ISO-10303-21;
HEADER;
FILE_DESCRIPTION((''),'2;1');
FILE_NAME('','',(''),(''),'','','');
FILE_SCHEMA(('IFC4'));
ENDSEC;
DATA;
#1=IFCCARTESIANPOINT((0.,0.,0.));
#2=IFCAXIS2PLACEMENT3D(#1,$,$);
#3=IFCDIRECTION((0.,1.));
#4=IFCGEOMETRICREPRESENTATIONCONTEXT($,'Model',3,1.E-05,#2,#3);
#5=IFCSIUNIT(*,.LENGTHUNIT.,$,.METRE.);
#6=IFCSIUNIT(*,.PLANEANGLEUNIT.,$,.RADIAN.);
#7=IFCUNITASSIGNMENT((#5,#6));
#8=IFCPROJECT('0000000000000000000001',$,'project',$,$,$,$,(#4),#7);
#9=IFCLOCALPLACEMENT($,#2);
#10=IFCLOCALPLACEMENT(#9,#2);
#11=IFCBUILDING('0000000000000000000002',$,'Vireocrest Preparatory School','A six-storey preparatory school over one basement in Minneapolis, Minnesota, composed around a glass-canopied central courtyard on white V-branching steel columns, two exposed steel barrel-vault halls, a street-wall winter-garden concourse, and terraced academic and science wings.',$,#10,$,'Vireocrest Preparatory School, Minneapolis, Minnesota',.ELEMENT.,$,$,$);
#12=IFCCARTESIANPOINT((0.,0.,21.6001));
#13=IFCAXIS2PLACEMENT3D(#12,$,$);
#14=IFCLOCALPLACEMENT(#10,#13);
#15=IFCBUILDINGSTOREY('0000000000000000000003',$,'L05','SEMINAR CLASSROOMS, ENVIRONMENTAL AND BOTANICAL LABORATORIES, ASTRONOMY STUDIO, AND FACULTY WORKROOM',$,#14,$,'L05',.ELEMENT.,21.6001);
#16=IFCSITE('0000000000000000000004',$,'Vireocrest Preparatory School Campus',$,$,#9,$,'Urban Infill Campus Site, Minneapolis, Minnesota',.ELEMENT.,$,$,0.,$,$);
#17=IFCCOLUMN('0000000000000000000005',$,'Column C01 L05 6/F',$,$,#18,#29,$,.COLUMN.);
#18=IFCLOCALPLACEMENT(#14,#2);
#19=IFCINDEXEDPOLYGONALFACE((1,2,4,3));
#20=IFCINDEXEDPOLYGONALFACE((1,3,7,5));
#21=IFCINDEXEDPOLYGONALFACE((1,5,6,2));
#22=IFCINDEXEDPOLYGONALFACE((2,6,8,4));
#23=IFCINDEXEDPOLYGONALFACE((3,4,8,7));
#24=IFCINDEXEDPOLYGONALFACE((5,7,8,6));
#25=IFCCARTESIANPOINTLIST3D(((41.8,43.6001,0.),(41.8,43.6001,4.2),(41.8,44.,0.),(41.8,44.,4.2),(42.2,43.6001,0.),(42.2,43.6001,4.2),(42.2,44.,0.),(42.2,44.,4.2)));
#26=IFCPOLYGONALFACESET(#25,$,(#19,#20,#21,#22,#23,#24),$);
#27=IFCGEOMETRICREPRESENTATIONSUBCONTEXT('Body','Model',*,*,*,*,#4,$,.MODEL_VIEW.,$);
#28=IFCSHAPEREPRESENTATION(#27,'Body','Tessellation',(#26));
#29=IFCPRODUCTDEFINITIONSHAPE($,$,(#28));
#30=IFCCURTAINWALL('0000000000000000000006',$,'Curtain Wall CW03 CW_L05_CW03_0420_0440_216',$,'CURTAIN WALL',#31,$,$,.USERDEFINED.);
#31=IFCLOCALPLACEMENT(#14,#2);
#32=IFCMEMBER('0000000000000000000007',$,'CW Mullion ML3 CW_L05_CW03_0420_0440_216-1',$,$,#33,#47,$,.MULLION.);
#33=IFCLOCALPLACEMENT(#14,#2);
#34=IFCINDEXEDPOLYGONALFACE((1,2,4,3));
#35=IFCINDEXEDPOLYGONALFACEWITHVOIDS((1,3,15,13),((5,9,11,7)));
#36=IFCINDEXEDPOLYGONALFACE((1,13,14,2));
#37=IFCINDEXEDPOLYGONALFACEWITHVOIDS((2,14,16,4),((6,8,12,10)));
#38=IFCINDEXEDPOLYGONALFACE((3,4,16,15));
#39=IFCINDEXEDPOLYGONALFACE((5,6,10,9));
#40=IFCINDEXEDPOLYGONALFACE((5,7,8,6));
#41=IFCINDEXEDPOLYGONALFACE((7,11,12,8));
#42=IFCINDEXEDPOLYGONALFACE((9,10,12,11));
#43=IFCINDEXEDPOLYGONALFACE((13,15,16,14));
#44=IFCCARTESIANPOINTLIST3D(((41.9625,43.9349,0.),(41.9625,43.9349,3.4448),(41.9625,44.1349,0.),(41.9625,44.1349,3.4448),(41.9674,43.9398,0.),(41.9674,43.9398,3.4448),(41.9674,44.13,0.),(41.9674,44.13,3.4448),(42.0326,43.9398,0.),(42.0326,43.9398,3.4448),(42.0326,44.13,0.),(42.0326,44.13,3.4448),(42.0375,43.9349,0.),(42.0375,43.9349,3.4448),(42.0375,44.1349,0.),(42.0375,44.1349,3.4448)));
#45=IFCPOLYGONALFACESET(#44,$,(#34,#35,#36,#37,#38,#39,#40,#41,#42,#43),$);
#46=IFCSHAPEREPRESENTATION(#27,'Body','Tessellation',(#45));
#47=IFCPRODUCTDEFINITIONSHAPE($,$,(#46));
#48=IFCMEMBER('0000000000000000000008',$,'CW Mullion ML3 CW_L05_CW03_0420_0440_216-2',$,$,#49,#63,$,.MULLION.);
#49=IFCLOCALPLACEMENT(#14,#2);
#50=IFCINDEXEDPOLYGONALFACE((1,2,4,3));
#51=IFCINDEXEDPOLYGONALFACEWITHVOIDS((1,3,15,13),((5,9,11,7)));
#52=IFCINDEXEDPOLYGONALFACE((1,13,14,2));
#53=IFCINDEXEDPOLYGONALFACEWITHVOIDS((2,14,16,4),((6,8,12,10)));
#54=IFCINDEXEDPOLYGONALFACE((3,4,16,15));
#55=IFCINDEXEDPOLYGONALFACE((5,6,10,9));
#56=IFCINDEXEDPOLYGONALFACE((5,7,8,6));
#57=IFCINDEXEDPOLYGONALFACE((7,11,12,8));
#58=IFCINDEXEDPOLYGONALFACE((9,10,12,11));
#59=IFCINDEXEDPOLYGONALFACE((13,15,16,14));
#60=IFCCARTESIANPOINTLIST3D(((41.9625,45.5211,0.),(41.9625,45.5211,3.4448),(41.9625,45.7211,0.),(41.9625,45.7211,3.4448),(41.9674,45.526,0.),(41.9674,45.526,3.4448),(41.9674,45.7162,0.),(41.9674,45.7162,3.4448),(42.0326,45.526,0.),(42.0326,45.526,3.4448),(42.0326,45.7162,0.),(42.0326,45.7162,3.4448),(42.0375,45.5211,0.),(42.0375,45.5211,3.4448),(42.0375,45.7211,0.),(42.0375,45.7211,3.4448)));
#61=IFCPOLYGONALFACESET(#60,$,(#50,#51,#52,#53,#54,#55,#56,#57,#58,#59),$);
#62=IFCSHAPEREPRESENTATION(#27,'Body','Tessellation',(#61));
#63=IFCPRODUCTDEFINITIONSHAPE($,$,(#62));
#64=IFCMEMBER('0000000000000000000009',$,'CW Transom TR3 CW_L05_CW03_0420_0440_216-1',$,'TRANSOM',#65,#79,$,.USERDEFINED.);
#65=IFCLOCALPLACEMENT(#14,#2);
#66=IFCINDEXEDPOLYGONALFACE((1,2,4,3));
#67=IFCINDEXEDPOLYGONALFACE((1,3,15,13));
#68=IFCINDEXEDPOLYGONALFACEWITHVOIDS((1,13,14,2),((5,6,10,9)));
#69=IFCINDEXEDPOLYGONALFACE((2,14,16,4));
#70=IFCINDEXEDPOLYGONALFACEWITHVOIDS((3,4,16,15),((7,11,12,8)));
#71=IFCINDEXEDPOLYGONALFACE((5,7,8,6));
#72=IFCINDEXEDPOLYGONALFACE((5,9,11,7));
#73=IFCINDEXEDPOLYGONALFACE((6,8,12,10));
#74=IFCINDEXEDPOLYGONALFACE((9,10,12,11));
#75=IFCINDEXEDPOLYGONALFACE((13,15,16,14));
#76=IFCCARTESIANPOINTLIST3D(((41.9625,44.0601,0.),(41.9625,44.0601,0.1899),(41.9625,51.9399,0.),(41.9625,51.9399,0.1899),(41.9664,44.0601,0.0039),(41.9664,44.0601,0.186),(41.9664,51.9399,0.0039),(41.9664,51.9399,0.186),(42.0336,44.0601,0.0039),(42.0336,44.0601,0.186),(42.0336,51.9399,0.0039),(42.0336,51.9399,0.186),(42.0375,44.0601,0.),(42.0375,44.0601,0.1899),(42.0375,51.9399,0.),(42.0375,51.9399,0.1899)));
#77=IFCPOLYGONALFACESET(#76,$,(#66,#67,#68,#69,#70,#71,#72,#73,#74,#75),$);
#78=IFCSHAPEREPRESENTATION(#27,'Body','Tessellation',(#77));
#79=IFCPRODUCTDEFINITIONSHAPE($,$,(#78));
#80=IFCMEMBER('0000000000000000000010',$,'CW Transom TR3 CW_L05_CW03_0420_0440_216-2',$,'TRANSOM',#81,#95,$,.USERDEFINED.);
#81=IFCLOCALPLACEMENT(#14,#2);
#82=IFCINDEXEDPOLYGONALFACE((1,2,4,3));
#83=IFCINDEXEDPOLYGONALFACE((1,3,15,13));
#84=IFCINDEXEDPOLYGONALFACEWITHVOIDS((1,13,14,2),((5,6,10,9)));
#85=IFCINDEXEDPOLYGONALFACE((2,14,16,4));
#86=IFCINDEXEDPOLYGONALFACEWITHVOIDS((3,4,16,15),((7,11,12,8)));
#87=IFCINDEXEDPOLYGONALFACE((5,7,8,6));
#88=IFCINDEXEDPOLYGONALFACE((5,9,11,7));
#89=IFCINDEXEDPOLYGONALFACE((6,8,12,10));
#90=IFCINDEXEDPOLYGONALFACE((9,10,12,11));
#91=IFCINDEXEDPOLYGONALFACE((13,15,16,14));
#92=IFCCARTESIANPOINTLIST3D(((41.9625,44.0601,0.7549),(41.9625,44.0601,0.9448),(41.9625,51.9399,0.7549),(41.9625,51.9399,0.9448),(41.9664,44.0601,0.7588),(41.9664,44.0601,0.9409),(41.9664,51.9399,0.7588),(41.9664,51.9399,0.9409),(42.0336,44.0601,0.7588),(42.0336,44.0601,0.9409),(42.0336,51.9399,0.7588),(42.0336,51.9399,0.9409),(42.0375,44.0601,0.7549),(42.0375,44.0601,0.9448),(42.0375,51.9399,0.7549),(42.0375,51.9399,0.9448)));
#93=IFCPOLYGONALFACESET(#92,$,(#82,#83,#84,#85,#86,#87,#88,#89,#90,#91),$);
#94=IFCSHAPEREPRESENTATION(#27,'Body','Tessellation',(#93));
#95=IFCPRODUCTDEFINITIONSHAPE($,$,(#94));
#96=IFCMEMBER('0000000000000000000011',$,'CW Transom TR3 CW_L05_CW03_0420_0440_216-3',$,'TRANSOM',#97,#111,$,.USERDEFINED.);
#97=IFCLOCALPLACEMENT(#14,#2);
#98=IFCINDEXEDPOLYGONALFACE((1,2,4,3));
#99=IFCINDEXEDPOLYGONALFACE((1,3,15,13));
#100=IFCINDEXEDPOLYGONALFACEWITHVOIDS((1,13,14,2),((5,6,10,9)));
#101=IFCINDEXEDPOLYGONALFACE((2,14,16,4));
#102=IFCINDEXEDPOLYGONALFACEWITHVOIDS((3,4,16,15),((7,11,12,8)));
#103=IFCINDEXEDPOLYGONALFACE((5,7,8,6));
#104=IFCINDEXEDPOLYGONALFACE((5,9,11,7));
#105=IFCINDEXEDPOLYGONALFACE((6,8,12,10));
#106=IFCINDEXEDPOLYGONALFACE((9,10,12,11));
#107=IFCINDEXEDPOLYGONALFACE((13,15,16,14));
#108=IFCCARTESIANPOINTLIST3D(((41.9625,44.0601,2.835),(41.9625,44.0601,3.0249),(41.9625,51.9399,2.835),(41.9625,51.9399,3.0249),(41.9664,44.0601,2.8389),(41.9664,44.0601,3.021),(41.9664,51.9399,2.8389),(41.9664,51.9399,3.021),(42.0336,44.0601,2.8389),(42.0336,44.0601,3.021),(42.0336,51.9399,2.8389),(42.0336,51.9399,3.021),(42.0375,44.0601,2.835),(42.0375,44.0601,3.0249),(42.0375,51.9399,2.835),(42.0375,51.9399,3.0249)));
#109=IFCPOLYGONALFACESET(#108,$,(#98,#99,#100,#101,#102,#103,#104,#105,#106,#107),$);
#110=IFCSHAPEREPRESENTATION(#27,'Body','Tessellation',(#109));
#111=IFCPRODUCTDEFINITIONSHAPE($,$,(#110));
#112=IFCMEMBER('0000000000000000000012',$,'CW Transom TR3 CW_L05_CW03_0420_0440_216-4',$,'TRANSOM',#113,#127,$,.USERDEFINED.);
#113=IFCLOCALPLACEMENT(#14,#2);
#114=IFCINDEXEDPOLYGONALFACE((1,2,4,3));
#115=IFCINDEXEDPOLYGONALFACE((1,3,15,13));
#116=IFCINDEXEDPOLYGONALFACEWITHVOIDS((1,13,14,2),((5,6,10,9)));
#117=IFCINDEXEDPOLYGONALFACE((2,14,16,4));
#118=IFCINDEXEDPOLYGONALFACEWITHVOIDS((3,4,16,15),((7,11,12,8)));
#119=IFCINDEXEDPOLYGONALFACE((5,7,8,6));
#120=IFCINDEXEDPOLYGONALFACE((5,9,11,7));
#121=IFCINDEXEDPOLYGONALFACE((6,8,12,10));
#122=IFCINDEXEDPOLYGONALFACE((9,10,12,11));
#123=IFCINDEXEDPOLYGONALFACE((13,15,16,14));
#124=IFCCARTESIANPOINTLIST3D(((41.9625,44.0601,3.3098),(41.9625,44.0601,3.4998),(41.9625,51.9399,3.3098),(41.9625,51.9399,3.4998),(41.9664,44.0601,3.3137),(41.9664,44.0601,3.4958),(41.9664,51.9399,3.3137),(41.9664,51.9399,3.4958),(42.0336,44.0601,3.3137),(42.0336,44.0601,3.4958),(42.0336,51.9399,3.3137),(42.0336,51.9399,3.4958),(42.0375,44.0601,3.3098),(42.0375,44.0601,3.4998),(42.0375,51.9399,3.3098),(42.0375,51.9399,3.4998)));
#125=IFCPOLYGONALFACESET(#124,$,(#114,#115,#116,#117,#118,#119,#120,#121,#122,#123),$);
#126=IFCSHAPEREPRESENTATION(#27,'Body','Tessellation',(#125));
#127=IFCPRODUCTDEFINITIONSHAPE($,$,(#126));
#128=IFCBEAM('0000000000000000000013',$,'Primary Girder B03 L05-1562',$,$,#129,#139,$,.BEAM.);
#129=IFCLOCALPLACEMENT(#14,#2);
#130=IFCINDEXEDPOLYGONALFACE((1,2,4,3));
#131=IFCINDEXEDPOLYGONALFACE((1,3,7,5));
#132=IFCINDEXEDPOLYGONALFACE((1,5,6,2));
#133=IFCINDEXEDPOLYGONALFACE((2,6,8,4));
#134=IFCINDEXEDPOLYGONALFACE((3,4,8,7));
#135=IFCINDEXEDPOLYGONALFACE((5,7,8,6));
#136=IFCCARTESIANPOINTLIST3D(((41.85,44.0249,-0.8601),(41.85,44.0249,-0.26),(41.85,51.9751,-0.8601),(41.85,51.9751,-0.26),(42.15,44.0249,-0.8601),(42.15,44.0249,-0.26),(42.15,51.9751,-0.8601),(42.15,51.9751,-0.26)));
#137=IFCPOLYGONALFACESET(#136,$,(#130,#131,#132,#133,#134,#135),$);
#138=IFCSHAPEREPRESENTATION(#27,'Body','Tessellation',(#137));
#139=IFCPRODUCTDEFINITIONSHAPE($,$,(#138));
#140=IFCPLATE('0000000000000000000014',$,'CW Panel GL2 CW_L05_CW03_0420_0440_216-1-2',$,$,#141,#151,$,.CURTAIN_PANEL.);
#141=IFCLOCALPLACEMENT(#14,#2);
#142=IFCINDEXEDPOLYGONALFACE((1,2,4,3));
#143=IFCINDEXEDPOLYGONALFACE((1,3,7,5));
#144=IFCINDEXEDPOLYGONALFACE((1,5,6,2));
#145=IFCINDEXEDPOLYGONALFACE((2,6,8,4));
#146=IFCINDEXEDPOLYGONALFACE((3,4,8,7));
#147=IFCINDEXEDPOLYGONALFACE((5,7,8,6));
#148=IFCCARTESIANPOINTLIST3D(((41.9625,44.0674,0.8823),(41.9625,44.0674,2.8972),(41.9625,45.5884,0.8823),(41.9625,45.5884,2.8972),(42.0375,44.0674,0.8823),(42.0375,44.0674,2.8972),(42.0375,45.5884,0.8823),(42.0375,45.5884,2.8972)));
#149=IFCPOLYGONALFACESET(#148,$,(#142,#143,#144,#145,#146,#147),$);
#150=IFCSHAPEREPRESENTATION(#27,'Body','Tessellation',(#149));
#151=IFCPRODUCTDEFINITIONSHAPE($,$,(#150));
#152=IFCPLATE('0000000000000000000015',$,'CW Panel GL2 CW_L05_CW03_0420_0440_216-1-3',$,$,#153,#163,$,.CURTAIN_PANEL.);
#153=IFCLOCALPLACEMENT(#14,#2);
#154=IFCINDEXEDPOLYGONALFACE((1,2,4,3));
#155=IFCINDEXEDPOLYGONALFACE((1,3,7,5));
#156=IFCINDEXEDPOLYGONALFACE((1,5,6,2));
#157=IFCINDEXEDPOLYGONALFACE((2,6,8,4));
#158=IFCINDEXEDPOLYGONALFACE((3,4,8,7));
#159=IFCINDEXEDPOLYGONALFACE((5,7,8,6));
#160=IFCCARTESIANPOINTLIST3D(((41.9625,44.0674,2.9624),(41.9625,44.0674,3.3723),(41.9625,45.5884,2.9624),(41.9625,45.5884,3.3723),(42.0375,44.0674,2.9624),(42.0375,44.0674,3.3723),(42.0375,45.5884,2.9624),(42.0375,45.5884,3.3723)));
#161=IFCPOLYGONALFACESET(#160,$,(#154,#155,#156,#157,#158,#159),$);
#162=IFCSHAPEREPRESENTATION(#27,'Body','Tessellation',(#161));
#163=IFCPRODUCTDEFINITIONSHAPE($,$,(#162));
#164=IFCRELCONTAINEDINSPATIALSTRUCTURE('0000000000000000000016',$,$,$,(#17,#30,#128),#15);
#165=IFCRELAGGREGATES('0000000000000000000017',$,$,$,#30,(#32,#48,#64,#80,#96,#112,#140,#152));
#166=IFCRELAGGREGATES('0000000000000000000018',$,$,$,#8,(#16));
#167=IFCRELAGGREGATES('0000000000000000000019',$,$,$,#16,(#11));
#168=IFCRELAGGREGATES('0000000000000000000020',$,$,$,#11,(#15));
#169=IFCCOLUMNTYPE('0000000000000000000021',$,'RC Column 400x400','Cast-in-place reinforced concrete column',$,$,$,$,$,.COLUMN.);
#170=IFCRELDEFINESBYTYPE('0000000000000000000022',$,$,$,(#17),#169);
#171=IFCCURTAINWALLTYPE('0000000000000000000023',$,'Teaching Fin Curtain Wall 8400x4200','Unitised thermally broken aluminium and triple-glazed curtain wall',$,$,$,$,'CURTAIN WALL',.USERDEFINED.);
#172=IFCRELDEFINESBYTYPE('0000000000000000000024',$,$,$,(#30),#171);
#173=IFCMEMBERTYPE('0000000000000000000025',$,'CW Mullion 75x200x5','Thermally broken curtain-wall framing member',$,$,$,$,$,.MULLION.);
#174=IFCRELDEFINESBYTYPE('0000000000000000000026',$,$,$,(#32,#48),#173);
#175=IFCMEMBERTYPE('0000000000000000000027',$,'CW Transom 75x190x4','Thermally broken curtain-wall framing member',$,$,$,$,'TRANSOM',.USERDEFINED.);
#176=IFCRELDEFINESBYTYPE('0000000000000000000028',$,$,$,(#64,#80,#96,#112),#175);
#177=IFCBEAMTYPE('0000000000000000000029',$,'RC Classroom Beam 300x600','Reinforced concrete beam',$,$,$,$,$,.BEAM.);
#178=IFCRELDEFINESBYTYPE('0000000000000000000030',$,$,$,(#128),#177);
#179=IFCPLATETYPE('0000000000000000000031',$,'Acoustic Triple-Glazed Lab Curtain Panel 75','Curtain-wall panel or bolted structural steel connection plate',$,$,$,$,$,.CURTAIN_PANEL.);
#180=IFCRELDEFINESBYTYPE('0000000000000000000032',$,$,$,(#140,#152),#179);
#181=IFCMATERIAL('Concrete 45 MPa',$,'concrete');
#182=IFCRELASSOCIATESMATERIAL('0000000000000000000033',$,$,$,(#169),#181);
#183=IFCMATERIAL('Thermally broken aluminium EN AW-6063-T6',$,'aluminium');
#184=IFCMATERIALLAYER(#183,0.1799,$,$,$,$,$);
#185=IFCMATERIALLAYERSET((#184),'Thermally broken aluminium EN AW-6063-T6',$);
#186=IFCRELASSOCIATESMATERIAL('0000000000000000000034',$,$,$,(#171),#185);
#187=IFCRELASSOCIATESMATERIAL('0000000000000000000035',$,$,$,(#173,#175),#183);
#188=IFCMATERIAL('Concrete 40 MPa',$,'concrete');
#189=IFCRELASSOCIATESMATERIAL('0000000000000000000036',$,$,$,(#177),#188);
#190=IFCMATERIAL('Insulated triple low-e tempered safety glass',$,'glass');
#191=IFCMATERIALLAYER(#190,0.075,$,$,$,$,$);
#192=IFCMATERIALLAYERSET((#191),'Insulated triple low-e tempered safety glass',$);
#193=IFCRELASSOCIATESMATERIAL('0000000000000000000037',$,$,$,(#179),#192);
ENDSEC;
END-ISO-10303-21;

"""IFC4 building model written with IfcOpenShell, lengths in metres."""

from ifc_helpers import new_model, si_unit, direction, frame, origin, origin_2d, place, context, subcontext, project, spatial, rectangle, hollow_rectangle, extrude, material, layer, layer_set, material_profile, profile_set, type_object, element, aggregate, save


model = new_model("IFC4")

# Units and contexts
model_context = context("Model", 3, precision=1e-05, world=origin(), true_north=direction((0.0, 1.0)))
body_context = subcontext(model_context, "Body", "Model", "MODEL_VIEW")
ifc_project = project(units=[si_unit("LENGTHUNIT", "METRE"), si_unit("PLANEANGLEUNIT", "RADIAN")], contexts=[model_context])

# Site, building, storey
site_placement = place(None, origin())
site = spatial("IfcSite", under=ifc_project, at=site_placement, Name="Vireocrest Preparatory School Campus", LongName="Urban Infill Campus Site, Minneapolis, Minnesota", CompositionType="ELEMENT", RefElevation=0.0)
building_placement = place(site_placement, origin())
building = spatial("IfcBuilding", under=site, at=building_placement, Name="Vireocrest Preparatory School", Description="A six-storey preparatory school over one basement in Minneapolis, Minnesota, composed around a glass-canopied central courtyard on white V-branching steel columns, two exposed steel barrel-vault halls, a street-wall winter-garden concourse, and terraced academic and science wings.", LongName="Vireocrest Preparatory School, Minneapolis, Minnesota", CompositionType="ELEMENT")
storey_placement = place(building_placement, frame((0.0, 0.0, 21.6001)))
storey = spatial("IfcBuildingStorey", under=building, at=storey_placement, Name="L05", Description="SEMINAR CLASSROOMS, ENVIRONMENTAL AND BOTANICAL LABORATORIES, ASTRONOMY STUDIO, AND FACULTY WORKROOM", LongName="L05", CompositionType="ELEMENT", Elevation=21.6001)

# Column
ifc_material_1 = material(Name="Concrete 45 MPa", Category="concrete")
ifc_material_profile_1 = material_profile(ifc_material_1, rectangle(XDim=0.3999, YDim=0.3999, at=origin_2d()), Name="RC 400x400")
ifc_profile_set_1 = profile_set([ifc_material_profile_1], Name="Concrete 45 MPa")
column_type = type_object("IfcColumnType", Name="RC Column 400x400", Description="Cast-in-place reinforced concrete column", PredefinedType="COLUMN", material=ifc_profile_set_1)
column_placement = place(storey_placement, frame((42.0, 43.8, 0.0), z_axis=(0.0, 0.0, 1.0), x_axis=(1.0, 0.0, 0.0)))
element("IfcColumn", 1, at=column_placement, inside=storey, type_object=column_type, Name="Column C01 L05 6/F", PredefinedType="COLUMN", context=body_context, shape_type="SweptSolid", body=[
    extrude(rectangle(XDim=0.3999, YDim=0.3999, at=origin_2d()), origin(), (0.0, 0.0, 1.0), 4.2),
])

# Curtain wall, members
ifc_material_2 = material(Name="Thermally broken aluminium EN AW-6063-T6", Category="aluminium")
ifc_layer_1 = layer(ifc_material_2, 0.1799)
ifc_layer_set_1 = layer_set([ifc_layer_1], Name="Thermally broken aluminium EN AW-6063-T6")
curtain_wall_type = type_object("IfcCurtainWallType", Name="Teaching Fin Curtain Wall 8400x4200", Description="Unitised thermally broken aluminium and triple-glazed curtain wall", ElementType="CURTAIN WALL", PredefinedType="USERDEFINED", material=ifc_layer_set_1)
curtain_wall_placement = place(storey_placement, origin())
curtain_wall = element("IfcCurtainWall", 2, at=curtain_wall_placement, inside=storey, type_object=curtain_wall_type, Name="Curtain Wall CW03 CW_L05_CW03_0420_0440_216", ObjectType="CURTAIN WALL", PredefinedType="USERDEFINED")
ifc_material_profile_2 = material_profile(ifc_material_2, hollow_rectangle(XDim=0.075, YDim=0.2, WallThickness=0.0049, at=origin_2d()), Name="ALU 75x200x5")
ifc_profile_set_2 = profile_set([ifc_material_profile_2], Name="Thermally broken aluminium EN AW-6063-T6")
member_type_1 = type_object("IfcMemberType", Name="CW Mullion 75x200x5", Description="Thermally broken curtain-wall framing member", PredefinedType="MULLION", material=ifc_profile_set_2)
member_1_placement = place(storey_placement, frame((42.0, 44.0349, 0.0), z_axis=(0.0, 0.0, 1.0), x_axis=(1.0, 0.0, 0.0)))
member_1 = element("IfcMember", 3, at=member_1_placement, type_object=member_type_1, Name="CW Mullion ML3 CW_L05_CW03_0420_0440_216-1", PredefinedType="MULLION", context=body_context, shape_type="SweptSolid", body=[
    extrude(hollow_rectangle(XDim=0.075, YDim=0.2, WallThickness=0.0049, at=origin_2d()), origin(), (0.0, 0.0, 1.0), 3.4448),
])
member_2_placement = place(storey_placement, frame((42.0, 45.6211, 0.0), z_axis=(0.0, 0.0, 1.0), x_axis=(1.0, 0.0, 0.0)))
member_2 = element("IfcMember", 4, at=member_2_placement, type_object=member_type_1, Name="CW Mullion ML3 CW_L05_CW03_0420_0440_216-2", PredefinedType="MULLION", context=body_context, shape_type="SweptSolid", body=[
    extrude(hollow_rectangle(XDim=0.075, YDim=0.2, WallThickness=0.0049, at=origin_2d()), origin(), (0.0, 0.0, 1.0), 3.4448),
])
ifc_material_profile_3 = material_profile(ifc_material_2, hollow_rectangle(XDim=0.075, YDim=0.1899, WallThickness=0.0039, at=origin_2d()), Name="ALU 75x190x4")
ifc_profile_set_3 = profile_set([ifc_material_profile_3], Name="Thermally broken aluminium EN AW-6063-T6")
member_type_2 = type_object("IfcMemberType", Name="CW Transom 75x190x4", Description="Thermally broken curtain-wall framing member", ElementType="TRANSOM", PredefinedType="USERDEFINED", material=ifc_profile_set_3)
member_3_placement = place(storey_placement, frame((42.0, 44.0601, 0.095), z_axis=(0.0, 1.0, 0.0), x_axis=(-1.0, 0.0, 0.0)))
member_3 = element("IfcMember", 5, at=member_3_placement, type_object=member_type_2, Name="CW Transom TR3 CW_L05_CW03_0420_0440_216-1", ObjectType="TRANSOM", PredefinedType="USERDEFINED", context=body_context, shape_type="SweptSolid", body=[
    extrude(hollow_rectangle(XDim=0.075, YDim=0.1899, WallThickness=0.0039, at=origin_2d()), origin(), (0.0, 0.0, 1.0), 7.8799),
])
member_4_placement = place(storey_placement, frame((42.0, 44.0601, 0.8499), z_axis=(0.0, 1.0, 0.0), x_axis=(-1.0, 0.0, 0.0)))
member_4 = element("IfcMember", 6, at=member_4_placement, type_object=member_type_2, Name="CW Transom TR3 CW_L05_CW03_0420_0440_216-2", ObjectType="TRANSOM", PredefinedType="USERDEFINED", context=body_context, shape_type="SweptSolid", body=[
    extrude(hollow_rectangle(XDim=0.075, YDim=0.1899, WallThickness=0.0039, at=origin_2d()), origin(), (0.0, 0.0, 1.0), 7.8799),
])
member_5_placement = place(storey_placement, frame((42.0, 44.0601, 2.9299), z_axis=(0.0, 1.0, 0.0), x_axis=(-1.0, 0.0, 0.0)))
member_5 = element("IfcMember", 7, at=member_5_placement, type_object=member_type_2, Name="CW Transom TR3 CW_L05_CW03_0420_0440_216-3", ObjectType="TRANSOM", PredefinedType="USERDEFINED", context=body_context, shape_type="SweptSolid", body=[
    extrude(hollow_rectangle(XDim=0.075, YDim=0.1899, WallThickness=0.0039, at=origin_2d()), origin(), (0.0, 0.0, 1.0), 7.8799),
])
member_6_placement = place(storey_placement, frame((42.0, 44.0601, 3.4048), z_axis=(0.0, 1.0, 0.0), x_axis=(-1.0, 0.0, 0.0)))
member_6 = element("IfcMember", 8, at=member_6_placement, type_object=member_type_2, Name="CW Transom TR3 CW_L05_CW03_0420_0440_216-4", ObjectType="TRANSOM", PredefinedType="USERDEFINED", context=body_context, shape_type="SweptSolid", body=[
    extrude(hollow_rectangle(XDim=0.075, YDim=0.1899, WallThickness=0.0039, at=origin_2d()), origin(), (0.0, 0.0, 1.0), 7.8799),
])

# Beam
ifc_material_3 = material(Name="Concrete 40 MPa", Category="concrete")
ifc_material_profile_4 = material_profile(ifc_material_3, rectangle(XDim=0.3, YDim=0.6001, at=origin_2d()), Name="RC 300x600")
ifc_profile_set_4 = profile_set([ifc_material_profile_4], Name="Concrete 40 MPa")
beam_type = type_object("IfcBeamType", Name="RC Classroom Beam 300x600", Description="Reinforced concrete beam", PredefinedType="BEAM", material=ifc_profile_set_4)
beam_placement = place(storey_placement, frame((42.0, 44.0249, -0.5601), z_axis=(0.0, 1.0, 0.0), x_axis=(-1.0, 0.0, 0.0)))
element("IfcBeam", 9, at=beam_placement, inside=storey, type_object=beam_type, Name="Primary Girder B03 L05-1562", PredefinedType="BEAM", context=body_context, shape_type="SweptSolid", body=[
    extrude(rectangle(XDim=0.3, YDim=0.6001, at=origin_2d()), origin(), (0.0, 0.0, 1.0), 7.9502),
])

# Plates
ifc_material_4 = material(Name="Insulated triple low-e tempered safety glass", Category="glass")
ifc_layer_2 = layer(ifc_material_4, 0.075)
ifc_layer_set_2 = layer_set([ifc_layer_2], Name="Insulated triple low-e tempered safety glass")
plate_type_1 = type_object("IfcPlateType", Name="Acoustic Triple-Glazed Lab Curtain Panel 75", Description="Curtain-wall panel or bolted structural steel connection plate", PredefinedType="CURTAIN_PANEL", material=ifc_layer_set_2)
plate_1_placement = place(storey_placement, frame((42.0, 44.8279, 0.8823), z_axis=(0.0, 0.0, 1.0), x_axis=(0.0, 1.0, 0.0)))
plate_1 = element("IfcPlate", 10, at=plate_1_placement, type_object=plate_type_1, Name="CW Panel GL2 CW_L05_CW03_0420_0440_216-1-2", PredefinedType="CURTAIN_PANEL", context=body_context, shape_type="SweptSolid", body=[
    extrude(rectangle(XDim=1.521, YDim=0.075, at=origin_2d()), origin(), (0.0, 0.0, 1.0), 2.0149),
])
plate_2_placement = place(storey_placement, frame((42.0, 44.8279, 2.9624), z_axis=(0.0, 0.0, 1.0), x_axis=(0.0, 1.0, 0.0)))
plate_2 = element("IfcPlate", 11, at=plate_2_placement, type_object=plate_type_1, Name="CW Panel GL2 CW_L05_CW03_0420_0440_216-1-3", PredefinedType="CURTAIN_PANEL", context=body_context, shape_type="SweptSolid", body=[
    extrude(rectangle(XDim=1.521, YDim=0.075, at=origin_2d()), origin(), (0.0, 0.0, 1.0), 0.4099),
])

aggregate(curtain_wall, [member_1, member_2, member_3, member_4, member_5, member_6, plate_1, plate_2])

save(model, "model.ifc")
